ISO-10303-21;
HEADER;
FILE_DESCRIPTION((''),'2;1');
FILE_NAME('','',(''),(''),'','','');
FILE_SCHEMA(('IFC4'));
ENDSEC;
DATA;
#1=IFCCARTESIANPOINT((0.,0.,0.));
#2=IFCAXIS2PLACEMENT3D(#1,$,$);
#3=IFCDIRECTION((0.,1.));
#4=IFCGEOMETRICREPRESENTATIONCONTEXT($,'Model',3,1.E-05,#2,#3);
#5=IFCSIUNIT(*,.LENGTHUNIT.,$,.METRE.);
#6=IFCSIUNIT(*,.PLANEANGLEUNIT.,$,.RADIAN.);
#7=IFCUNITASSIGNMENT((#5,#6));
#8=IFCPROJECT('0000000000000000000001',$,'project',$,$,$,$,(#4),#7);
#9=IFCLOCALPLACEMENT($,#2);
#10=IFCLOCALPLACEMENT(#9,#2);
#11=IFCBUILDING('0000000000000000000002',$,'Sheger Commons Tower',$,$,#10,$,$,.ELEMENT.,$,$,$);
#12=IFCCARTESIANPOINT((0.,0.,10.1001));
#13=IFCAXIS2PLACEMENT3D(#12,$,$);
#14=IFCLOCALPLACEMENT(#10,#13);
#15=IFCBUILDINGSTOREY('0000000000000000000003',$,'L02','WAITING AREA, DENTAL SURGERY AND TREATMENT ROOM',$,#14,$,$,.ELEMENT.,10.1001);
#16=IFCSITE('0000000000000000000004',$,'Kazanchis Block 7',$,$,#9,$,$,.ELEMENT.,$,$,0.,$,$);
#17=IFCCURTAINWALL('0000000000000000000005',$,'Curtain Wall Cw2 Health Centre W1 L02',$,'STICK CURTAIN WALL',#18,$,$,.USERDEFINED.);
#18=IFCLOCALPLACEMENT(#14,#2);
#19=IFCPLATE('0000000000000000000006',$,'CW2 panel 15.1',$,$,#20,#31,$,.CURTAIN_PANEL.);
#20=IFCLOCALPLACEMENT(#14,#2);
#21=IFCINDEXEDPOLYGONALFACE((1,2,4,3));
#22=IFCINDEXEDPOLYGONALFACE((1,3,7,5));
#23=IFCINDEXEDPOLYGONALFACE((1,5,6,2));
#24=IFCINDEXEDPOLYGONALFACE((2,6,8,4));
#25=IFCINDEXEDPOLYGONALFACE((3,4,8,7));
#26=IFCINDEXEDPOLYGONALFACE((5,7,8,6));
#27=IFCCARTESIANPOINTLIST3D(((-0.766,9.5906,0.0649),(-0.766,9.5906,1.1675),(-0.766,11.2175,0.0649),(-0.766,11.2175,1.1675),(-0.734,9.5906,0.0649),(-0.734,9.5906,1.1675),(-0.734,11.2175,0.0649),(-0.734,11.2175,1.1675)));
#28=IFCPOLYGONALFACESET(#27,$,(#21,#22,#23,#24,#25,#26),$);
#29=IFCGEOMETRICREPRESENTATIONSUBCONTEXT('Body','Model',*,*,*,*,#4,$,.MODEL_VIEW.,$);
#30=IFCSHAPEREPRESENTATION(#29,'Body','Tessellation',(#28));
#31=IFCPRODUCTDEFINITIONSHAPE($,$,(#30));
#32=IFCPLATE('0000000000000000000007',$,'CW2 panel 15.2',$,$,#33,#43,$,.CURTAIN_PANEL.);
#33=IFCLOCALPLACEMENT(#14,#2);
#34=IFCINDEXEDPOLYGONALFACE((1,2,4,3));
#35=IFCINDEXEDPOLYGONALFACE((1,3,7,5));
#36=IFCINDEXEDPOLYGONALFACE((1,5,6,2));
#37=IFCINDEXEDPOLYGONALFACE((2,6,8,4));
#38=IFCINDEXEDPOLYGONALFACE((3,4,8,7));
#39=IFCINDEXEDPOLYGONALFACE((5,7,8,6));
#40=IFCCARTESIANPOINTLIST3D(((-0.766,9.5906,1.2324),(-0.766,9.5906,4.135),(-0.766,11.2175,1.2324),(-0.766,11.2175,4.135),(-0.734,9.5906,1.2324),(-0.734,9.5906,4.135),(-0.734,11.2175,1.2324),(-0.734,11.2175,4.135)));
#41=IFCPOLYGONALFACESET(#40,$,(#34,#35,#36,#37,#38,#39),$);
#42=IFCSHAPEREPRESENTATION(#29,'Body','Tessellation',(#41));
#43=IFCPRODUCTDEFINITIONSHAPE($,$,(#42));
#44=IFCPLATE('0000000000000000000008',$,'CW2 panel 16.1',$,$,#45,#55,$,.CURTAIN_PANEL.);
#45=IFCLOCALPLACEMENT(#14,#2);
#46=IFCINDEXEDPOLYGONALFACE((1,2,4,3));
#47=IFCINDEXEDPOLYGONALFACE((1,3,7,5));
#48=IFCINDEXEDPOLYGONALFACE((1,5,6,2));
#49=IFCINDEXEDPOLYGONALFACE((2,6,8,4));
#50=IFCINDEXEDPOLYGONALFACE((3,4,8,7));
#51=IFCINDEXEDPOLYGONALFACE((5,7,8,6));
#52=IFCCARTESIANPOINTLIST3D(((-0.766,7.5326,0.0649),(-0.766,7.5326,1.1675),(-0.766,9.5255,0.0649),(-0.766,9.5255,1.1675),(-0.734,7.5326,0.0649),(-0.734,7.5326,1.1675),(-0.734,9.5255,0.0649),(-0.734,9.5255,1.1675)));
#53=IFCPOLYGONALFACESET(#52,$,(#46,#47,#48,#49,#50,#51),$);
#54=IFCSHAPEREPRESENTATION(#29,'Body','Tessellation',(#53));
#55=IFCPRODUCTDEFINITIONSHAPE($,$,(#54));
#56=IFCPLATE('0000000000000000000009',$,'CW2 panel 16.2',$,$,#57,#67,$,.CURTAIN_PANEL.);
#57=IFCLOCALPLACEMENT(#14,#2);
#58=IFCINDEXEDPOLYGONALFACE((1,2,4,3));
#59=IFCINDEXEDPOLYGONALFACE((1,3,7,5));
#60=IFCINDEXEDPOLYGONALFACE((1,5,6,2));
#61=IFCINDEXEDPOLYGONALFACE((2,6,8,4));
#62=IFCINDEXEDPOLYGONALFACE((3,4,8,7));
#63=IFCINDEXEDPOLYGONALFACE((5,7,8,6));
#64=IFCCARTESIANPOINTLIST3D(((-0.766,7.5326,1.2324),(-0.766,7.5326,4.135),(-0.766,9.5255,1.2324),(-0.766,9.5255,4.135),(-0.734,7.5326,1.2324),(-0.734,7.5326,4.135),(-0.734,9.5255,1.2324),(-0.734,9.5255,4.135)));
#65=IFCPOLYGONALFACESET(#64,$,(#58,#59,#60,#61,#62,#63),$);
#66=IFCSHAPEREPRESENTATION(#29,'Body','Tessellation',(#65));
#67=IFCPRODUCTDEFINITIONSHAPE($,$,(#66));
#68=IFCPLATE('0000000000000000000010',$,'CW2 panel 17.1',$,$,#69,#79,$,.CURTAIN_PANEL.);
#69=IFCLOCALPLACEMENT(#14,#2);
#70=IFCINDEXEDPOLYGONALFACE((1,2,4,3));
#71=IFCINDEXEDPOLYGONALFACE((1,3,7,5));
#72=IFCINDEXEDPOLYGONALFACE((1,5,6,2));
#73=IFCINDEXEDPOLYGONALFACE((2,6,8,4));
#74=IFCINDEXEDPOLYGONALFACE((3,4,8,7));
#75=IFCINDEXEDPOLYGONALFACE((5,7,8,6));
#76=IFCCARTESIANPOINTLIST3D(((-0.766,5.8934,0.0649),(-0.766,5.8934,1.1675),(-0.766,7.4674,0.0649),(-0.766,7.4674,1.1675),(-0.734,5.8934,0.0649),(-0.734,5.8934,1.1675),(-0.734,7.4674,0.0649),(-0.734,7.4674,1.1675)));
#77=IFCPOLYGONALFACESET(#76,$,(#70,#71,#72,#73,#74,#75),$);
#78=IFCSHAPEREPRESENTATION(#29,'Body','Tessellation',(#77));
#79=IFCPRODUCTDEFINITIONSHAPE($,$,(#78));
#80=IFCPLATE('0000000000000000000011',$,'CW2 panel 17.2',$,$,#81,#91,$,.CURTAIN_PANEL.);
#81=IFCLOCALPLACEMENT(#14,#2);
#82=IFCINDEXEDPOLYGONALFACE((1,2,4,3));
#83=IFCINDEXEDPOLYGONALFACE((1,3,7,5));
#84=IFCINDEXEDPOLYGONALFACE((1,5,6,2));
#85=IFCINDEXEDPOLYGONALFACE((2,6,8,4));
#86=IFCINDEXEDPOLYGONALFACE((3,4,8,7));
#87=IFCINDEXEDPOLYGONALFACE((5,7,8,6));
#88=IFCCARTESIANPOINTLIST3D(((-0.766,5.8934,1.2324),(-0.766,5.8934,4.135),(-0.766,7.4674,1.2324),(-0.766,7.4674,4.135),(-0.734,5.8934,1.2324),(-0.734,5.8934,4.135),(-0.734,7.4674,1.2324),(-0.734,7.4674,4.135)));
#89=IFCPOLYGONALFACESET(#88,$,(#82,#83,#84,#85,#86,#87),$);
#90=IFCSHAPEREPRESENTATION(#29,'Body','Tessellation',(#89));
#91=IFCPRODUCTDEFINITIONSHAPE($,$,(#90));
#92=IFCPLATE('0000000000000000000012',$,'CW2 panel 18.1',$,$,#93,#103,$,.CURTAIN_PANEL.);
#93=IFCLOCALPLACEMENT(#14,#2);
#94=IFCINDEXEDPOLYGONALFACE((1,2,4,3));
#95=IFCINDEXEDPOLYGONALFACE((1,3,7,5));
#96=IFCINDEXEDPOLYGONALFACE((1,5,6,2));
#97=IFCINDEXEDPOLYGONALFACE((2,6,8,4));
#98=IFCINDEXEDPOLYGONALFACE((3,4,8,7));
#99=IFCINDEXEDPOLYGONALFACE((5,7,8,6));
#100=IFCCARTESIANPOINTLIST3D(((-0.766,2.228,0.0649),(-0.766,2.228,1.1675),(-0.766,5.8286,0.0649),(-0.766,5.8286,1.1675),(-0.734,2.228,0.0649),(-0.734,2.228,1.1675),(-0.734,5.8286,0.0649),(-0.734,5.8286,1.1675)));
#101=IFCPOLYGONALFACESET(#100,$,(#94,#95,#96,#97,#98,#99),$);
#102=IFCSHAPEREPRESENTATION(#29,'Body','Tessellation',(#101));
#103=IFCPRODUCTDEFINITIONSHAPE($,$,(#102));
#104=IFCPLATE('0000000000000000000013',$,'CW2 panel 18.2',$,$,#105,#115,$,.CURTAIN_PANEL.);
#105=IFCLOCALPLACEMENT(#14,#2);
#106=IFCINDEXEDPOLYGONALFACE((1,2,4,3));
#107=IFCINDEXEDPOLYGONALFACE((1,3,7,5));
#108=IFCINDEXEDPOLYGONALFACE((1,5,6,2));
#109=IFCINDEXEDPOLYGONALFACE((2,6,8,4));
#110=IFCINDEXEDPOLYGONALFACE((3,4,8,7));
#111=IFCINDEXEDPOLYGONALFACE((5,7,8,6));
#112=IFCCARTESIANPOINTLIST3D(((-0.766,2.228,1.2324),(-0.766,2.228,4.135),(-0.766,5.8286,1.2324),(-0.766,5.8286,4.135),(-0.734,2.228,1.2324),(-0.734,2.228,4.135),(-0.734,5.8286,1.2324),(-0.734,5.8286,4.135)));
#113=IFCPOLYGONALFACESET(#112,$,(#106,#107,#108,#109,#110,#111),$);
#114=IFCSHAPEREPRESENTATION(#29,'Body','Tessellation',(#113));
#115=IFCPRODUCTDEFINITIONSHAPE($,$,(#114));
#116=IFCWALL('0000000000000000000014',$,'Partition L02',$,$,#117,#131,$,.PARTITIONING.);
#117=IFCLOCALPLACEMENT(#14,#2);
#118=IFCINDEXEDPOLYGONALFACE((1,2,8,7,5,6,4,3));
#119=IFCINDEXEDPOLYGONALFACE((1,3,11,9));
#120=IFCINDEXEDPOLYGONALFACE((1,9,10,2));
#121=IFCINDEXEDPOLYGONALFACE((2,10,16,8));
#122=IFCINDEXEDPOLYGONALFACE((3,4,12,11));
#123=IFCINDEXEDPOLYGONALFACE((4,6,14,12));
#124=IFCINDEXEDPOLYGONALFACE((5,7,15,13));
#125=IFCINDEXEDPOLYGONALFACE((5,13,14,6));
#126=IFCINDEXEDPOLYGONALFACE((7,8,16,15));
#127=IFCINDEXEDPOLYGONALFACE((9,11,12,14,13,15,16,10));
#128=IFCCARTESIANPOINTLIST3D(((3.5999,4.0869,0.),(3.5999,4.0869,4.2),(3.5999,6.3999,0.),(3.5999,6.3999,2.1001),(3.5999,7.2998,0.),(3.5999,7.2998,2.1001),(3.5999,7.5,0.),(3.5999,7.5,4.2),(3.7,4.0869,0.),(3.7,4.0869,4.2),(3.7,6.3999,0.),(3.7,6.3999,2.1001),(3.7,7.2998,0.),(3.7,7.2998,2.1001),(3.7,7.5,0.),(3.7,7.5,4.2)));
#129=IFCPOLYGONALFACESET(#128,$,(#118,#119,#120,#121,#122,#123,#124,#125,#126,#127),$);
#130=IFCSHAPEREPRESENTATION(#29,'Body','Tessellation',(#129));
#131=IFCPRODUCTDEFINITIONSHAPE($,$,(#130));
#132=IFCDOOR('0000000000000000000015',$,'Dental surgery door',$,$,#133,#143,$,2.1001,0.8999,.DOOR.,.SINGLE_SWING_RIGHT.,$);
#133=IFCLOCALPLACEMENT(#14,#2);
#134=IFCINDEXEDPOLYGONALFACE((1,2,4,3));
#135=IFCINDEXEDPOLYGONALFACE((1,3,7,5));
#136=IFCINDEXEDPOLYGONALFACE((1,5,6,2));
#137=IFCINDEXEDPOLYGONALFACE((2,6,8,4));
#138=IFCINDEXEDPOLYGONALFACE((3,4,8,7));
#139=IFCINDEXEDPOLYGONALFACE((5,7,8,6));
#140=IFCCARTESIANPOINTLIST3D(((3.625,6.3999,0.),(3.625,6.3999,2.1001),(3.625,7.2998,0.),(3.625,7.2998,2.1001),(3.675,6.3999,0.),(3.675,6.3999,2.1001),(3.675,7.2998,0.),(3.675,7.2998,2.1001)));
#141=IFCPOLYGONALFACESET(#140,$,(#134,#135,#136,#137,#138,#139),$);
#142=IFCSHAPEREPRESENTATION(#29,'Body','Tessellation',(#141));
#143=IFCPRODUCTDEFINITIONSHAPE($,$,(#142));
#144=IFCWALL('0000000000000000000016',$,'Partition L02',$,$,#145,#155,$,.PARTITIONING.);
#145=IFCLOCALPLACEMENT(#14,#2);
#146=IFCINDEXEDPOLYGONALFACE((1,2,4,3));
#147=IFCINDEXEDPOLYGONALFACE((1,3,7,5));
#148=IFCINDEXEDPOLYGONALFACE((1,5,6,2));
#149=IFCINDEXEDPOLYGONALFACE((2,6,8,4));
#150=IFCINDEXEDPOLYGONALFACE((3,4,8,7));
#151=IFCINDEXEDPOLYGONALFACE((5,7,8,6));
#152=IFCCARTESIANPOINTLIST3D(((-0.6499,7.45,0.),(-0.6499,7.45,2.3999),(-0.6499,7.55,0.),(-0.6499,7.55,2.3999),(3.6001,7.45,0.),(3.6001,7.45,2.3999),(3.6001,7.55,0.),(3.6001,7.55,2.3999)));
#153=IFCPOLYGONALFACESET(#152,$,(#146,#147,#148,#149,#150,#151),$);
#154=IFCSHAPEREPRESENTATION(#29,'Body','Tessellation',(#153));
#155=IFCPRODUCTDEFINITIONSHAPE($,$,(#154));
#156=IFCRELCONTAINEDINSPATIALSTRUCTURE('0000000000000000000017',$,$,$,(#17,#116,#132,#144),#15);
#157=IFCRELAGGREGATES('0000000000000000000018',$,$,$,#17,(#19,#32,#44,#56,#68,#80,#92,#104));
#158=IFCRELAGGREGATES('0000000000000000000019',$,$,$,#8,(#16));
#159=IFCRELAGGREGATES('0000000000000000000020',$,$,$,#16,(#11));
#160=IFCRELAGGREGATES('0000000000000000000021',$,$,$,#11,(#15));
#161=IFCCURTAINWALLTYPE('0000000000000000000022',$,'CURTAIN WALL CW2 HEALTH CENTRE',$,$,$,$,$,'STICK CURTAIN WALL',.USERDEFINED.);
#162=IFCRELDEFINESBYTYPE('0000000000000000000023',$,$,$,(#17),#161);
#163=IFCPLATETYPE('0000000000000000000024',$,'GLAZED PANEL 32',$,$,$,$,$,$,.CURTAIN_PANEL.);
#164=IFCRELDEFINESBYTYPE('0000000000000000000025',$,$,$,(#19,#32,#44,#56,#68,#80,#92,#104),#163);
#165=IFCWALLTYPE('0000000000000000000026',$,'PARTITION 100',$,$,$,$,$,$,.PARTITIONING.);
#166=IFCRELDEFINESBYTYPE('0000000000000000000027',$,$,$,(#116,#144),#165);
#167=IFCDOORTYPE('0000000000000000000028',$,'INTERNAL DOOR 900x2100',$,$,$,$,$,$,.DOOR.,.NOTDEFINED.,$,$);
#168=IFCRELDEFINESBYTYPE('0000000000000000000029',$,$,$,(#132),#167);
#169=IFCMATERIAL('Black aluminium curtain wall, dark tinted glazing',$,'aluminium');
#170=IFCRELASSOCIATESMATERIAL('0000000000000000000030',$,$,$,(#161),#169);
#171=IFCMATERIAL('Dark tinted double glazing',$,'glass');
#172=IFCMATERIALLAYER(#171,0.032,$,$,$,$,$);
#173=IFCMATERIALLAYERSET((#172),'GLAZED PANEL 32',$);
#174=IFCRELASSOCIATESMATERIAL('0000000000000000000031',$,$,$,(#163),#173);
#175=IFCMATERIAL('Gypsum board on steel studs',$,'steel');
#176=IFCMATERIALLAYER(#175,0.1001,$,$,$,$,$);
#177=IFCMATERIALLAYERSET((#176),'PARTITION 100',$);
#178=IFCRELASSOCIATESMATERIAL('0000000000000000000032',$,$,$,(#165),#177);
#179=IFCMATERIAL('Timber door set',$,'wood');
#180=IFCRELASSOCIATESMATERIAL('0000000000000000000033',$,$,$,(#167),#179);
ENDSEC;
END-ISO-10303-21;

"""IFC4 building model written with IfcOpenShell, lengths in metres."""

from ifc_helpers import new_model, si_unit, direction, frame, frame_2d, origin, origin_2d, place, context, subcontext, project, spatial, rectangle, extrude, material, layer, layer_set, type_object, element, fill, aggregate, save


model = new_model("IFC4")

# Units and contexts
model_context = context("Model", 3, precision=1e-05, world=origin(), true_north=direction((0.0, 1.0)))
body_context = subcontext(model_context, "Body", "Model", "MODEL_VIEW")
ifc_project = project(units=[si_unit("LENGTHUNIT", "METRE"), si_unit("PLANEANGLEUNIT", "RADIAN")], contexts=[model_context])

# Site, building, storey
site_placement = place(None, origin())
site = spatial("IfcSite", under=ifc_project, at=site_placement, Name="Kazanchis Block 7", CompositionType="ELEMENT", RefElevation=0.0)
building_placement = place(site_placement, origin())
building = spatial("IfcBuilding", under=site, at=building_placement, Name="Sheger Commons Tower", CompositionType="ELEMENT")
storey_placement = place(building_placement, frame((0.0, 0.0, 10.1001)))
storey = spatial("IfcBuildingStorey", under=building, at=storey_placement, Name="L02", Description="WAITING AREA, DENTAL SURGERY AND TREATMENT ROOM", CompositionType="ELEMENT", Elevation=10.1001)

# Curtain wall, plates
ifc_material_1 = material(Name="Black aluminium curtain wall, dark tinted glazing", Category="aluminium")
curtain_wall_type = type_object("IfcCurtainWallType", Name="CURTAIN WALL CW2 HEALTH CENTRE", ElementType="STICK CURTAIN WALL", PredefinedType="USERDEFINED", material=ifc_material_1)
curtain_wall_placement = place(storey_placement, origin())
curtain_wall = element("IfcCurtainWall", 1, at=curtain_wall_placement, inside=storey, type_object=curtain_wall_type, Name="Curtain Wall Cw2 Health Centre W1 L02", ObjectType="STICK CURTAIN WALL", PredefinedType="USERDEFINED")
ifc_material_2 = material(Name="Dark tinted double glazing", Category="glass")
ifc_layer_1 = layer(ifc_material_2, 0.032)
ifc_layer_set_1 = layer_set([ifc_layer_1], Name="GLAZED PANEL 32")
plate_type = type_object("IfcPlateType", Name="GLAZED PANEL 32", PredefinedType="CURTAIN_PANEL", material=ifc_layer_set_1)
plate_1_placement = place(storey_placement, frame((-0.75, 10.4041, 0.0649), z_axis=(0.0, 0.0, 1.0), x_axis=(0.0, -1.0, 0.0)))
plate_1 = element("IfcPlate", 2, at=plate_1_placement, type_object=plate_type, Name="CW2 panel 15.1", PredefinedType="CURTAIN_PANEL", context=body_context, shape_type="SweptSolid", body=[
    extrude(rectangle(XDim=1.627, YDim=0.032, at=origin_2d()), origin(), (0.0, 0.0, 1.0), 1.1025),
])
plate_2_placement = place(storey_placement, frame((-0.75, 10.4041, 1.2324), z_axis=(0.0, 0.0, 1.0), x_axis=(0.0, -1.0, 0.0)))
plate_2 = element("IfcPlate", 3, at=plate_2_placement, type_object=plate_type, Name="CW2 panel 15.2", PredefinedType="CURTAIN_PANEL", context=body_context, shape_type="SweptSolid", body=[
    extrude(rectangle(XDim=1.627, YDim=0.032, at=origin_2d()), origin(), (0.0, 0.0, 1.0), 2.9026),
])
plate_3_placement = place(storey_placement, frame((-0.75, 8.5291, 0.0649), z_axis=(0.0, 0.0, 1.0), x_axis=(0.0, -1.0, 0.0)))
plate_3 = element("IfcPlate", 4, at=plate_3_placement, type_object=plate_type, Name="CW2 panel 16.1", PredefinedType="CURTAIN_PANEL", context=body_context, shape_type="SweptSolid", body=[
    extrude(rectangle(XDim=1.9929, YDim=0.032, at=origin_2d()), origin(), (0.0, 0.0, 1.0), 1.1025),
])
plate_4_placement = place(storey_placement, frame((-0.75, 8.5291, 1.2324), z_axis=(0.0, 0.0, 1.0), x_axis=(0.0, -1.0, 0.0)))
plate_4 = element("IfcPlate", 5, at=plate_4_placement, type_object=plate_type, Name="CW2 panel 16.2", PredefinedType="CURTAIN_PANEL", context=body_context, shape_type="SweptSolid", body=[
    extrude(rectangle(XDim=1.9929, YDim=0.032, at=origin_2d()), origin(), (0.0, 0.0, 1.0), 2.9026),
])
plate_5_placement = place(storey_placement, frame((-0.75, 6.6804, 0.0649), z_axis=(0.0, 0.0, 1.0), x_axis=(0.0, -1.0, 0.0)))
plate_5 = element("IfcPlate", 6, at=plate_5_placement, type_object=plate_type, Name="CW2 panel 17.1", PredefinedType="CURTAIN_PANEL", context=body_context, shape_type="SweptSolid", body=[
    extrude(rectangle(XDim=1.574, YDim=0.032, at=origin_2d()), origin(), (0.0, 0.0, 1.0), 1.1025),
])
plate_6_placement = place(storey_placement, frame((-0.75, 6.6804, 1.2324), z_axis=(0.0, 0.0, 1.0), x_axis=(0.0, -1.0, 0.0)))
plate_6 = element("IfcPlate", 7, at=plate_6_placement, type_object=plate_type, Name="CW2 panel 17.2", PredefinedType="CURTAIN_PANEL", context=body_context, shape_type="SweptSolid", body=[
    extrude(rectangle(XDim=1.574, YDim=0.032, at=origin_2d()), origin(), (0.0, 0.0, 1.0), 2.9026),
])
plate_7_placement = place(storey_placement, frame((-0.75, 4.0283, 0.0649), z_axis=(0.0, 0.0, 1.0), x_axis=(0.0, -1.0, 0.0)))
plate_7 = element("IfcPlate", 8, at=plate_7_placement, type_object=plate_type, Name="CW2 panel 18.1", PredefinedType="CURTAIN_PANEL", context=body_context, shape_type="SweptSolid", body=[
    extrude(rectangle(XDim=3.6006, YDim=0.032, at=origin_2d()), origin(), (0.0, 0.0, 1.0), 1.1025),
])
plate_8_placement = place(storey_placement, frame((-0.75, 4.0283, 1.2324), z_axis=(0.0, 0.0, 1.0), x_axis=(0.0, -1.0, 0.0)))
plate_8 = element("IfcPlate", 9, at=plate_8_placement, type_object=plate_type, Name="CW2 panel 18.2", PredefinedType="CURTAIN_PANEL", context=body_context, shape_type="SweptSolid", body=[
    extrude(rectangle(XDim=3.6006, YDim=0.032, at=origin_2d()), origin(), (0.0, 0.0, 1.0), 2.9026),
])
aggregate(curtain_wall, [plate_1, plate_2, plate_3, plate_4, plate_5, plate_6, plate_7, plate_8])

# Wall, opening, door
ifc_material_3 = material(Name="Gypsum board on steel studs", Category="steel")
ifc_layer_2 = layer(ifc_material_3, 0.1001)
ifc_layer_set_2 = layer_set([ifc_layer_2], Name="PARTITION 100")
wall_type = type_object("IfcWallType", Name="PARTITION 100", PredefinedType="PARTITIONING", material=ifc_layer_set_2)
wall_1_placement = place(storey_placement, frame((3.6499, 4.0869, 0.0), z_axis=(0.0, 0.0, 1.0), x_axis=(0.0, 1.0, 0.0)))
wall_1 = element("IfcWall", 10, at=wall_1_placement, inside=storey, type_object=wall_type, Name="Partition L02", PredefinedType="PARTITIONING", context=body_context, shape_type="SweptSolid", body=[
    extrude(rectangle(XDim=3.4131, YDim=0.1001, at=frame_2d((1.7065, 0.0))), origin(), (0.0, 0.0, 1.0), 4.2),
])
opening_placement = place(wall_1_placement, frame((2.313, 0.0, 0.0)))
opening = element("IfcOpeningElement", 11, at=opening_placement, cuts=wall_1, PredefinedType="OPENING", context=body_context, shape_type="SweptSolid", body=[
    extrude(rectangle(XDim=0.8999, YDim=2.1001, at=frame_2d((0.45, 1.05))), frame((0.0, 0.0601, 0.0), z_axis=(0.0, -1.0, 0.0), x_axis=(1.0, 0.0, 0.0)), (0.0, 0.0, 1.0), 0.1201),
])
ifc_material_4 = material(Name="Timber door set", Category="wood")
door_type = type_object("IfcDoorType", Name="INTERNAL DOOR 900x2100", OperationType="NOTDEFINED", PredefinedType="DOOR", material=ifc_material_4)
door_placement = place(opening_placement, origin())
door = element("IfcDoor", 12, at=door_placement, inside=storey, type_object=door_type, Name="Dental surgery door", OperationType="SINGLE_SWING_RIGHT", OverallHeight=2.1001, OverallWidth=0.8999, PredefinedType="DOOR", context=body_context, shape_type="SweptSolid", body=[
    extrude(rectangle(XDim=0.8999, YDim=2.1001, at=frame_2d((0.45, 1.05))), frame((0.0, 0.0249, 0.0), z_axis=(0.0, -1.0, 0.0), x_axis=(1.0, 0.0, 0.0)), (0.0, 0.0, 1.0), 0.05),
])
fill(opening, door)

# Wall
wall_2_placement = place(storey_placement, frame((-0.6499, 7.5, 0.0), z_axis=(0.0, 0.0, 1.0), x_axis=(1.0, 0.0, 0.0)))
element("IfcWall", 13, at=wall_2_placement, inside=storey, type_object=wall_type, Name="Partition L02", PredefinedType="PARTITIONING", context=body_context, shape_type="SweptSolid", body=[
    extrude(rectangle(XDim=4.25, YDim=0.1001, at=frame_2d((2.125, 0.0))), origin(), (0.0, 0.0, 1.0), 2.3999),
])

save(model, "model.ifc")
